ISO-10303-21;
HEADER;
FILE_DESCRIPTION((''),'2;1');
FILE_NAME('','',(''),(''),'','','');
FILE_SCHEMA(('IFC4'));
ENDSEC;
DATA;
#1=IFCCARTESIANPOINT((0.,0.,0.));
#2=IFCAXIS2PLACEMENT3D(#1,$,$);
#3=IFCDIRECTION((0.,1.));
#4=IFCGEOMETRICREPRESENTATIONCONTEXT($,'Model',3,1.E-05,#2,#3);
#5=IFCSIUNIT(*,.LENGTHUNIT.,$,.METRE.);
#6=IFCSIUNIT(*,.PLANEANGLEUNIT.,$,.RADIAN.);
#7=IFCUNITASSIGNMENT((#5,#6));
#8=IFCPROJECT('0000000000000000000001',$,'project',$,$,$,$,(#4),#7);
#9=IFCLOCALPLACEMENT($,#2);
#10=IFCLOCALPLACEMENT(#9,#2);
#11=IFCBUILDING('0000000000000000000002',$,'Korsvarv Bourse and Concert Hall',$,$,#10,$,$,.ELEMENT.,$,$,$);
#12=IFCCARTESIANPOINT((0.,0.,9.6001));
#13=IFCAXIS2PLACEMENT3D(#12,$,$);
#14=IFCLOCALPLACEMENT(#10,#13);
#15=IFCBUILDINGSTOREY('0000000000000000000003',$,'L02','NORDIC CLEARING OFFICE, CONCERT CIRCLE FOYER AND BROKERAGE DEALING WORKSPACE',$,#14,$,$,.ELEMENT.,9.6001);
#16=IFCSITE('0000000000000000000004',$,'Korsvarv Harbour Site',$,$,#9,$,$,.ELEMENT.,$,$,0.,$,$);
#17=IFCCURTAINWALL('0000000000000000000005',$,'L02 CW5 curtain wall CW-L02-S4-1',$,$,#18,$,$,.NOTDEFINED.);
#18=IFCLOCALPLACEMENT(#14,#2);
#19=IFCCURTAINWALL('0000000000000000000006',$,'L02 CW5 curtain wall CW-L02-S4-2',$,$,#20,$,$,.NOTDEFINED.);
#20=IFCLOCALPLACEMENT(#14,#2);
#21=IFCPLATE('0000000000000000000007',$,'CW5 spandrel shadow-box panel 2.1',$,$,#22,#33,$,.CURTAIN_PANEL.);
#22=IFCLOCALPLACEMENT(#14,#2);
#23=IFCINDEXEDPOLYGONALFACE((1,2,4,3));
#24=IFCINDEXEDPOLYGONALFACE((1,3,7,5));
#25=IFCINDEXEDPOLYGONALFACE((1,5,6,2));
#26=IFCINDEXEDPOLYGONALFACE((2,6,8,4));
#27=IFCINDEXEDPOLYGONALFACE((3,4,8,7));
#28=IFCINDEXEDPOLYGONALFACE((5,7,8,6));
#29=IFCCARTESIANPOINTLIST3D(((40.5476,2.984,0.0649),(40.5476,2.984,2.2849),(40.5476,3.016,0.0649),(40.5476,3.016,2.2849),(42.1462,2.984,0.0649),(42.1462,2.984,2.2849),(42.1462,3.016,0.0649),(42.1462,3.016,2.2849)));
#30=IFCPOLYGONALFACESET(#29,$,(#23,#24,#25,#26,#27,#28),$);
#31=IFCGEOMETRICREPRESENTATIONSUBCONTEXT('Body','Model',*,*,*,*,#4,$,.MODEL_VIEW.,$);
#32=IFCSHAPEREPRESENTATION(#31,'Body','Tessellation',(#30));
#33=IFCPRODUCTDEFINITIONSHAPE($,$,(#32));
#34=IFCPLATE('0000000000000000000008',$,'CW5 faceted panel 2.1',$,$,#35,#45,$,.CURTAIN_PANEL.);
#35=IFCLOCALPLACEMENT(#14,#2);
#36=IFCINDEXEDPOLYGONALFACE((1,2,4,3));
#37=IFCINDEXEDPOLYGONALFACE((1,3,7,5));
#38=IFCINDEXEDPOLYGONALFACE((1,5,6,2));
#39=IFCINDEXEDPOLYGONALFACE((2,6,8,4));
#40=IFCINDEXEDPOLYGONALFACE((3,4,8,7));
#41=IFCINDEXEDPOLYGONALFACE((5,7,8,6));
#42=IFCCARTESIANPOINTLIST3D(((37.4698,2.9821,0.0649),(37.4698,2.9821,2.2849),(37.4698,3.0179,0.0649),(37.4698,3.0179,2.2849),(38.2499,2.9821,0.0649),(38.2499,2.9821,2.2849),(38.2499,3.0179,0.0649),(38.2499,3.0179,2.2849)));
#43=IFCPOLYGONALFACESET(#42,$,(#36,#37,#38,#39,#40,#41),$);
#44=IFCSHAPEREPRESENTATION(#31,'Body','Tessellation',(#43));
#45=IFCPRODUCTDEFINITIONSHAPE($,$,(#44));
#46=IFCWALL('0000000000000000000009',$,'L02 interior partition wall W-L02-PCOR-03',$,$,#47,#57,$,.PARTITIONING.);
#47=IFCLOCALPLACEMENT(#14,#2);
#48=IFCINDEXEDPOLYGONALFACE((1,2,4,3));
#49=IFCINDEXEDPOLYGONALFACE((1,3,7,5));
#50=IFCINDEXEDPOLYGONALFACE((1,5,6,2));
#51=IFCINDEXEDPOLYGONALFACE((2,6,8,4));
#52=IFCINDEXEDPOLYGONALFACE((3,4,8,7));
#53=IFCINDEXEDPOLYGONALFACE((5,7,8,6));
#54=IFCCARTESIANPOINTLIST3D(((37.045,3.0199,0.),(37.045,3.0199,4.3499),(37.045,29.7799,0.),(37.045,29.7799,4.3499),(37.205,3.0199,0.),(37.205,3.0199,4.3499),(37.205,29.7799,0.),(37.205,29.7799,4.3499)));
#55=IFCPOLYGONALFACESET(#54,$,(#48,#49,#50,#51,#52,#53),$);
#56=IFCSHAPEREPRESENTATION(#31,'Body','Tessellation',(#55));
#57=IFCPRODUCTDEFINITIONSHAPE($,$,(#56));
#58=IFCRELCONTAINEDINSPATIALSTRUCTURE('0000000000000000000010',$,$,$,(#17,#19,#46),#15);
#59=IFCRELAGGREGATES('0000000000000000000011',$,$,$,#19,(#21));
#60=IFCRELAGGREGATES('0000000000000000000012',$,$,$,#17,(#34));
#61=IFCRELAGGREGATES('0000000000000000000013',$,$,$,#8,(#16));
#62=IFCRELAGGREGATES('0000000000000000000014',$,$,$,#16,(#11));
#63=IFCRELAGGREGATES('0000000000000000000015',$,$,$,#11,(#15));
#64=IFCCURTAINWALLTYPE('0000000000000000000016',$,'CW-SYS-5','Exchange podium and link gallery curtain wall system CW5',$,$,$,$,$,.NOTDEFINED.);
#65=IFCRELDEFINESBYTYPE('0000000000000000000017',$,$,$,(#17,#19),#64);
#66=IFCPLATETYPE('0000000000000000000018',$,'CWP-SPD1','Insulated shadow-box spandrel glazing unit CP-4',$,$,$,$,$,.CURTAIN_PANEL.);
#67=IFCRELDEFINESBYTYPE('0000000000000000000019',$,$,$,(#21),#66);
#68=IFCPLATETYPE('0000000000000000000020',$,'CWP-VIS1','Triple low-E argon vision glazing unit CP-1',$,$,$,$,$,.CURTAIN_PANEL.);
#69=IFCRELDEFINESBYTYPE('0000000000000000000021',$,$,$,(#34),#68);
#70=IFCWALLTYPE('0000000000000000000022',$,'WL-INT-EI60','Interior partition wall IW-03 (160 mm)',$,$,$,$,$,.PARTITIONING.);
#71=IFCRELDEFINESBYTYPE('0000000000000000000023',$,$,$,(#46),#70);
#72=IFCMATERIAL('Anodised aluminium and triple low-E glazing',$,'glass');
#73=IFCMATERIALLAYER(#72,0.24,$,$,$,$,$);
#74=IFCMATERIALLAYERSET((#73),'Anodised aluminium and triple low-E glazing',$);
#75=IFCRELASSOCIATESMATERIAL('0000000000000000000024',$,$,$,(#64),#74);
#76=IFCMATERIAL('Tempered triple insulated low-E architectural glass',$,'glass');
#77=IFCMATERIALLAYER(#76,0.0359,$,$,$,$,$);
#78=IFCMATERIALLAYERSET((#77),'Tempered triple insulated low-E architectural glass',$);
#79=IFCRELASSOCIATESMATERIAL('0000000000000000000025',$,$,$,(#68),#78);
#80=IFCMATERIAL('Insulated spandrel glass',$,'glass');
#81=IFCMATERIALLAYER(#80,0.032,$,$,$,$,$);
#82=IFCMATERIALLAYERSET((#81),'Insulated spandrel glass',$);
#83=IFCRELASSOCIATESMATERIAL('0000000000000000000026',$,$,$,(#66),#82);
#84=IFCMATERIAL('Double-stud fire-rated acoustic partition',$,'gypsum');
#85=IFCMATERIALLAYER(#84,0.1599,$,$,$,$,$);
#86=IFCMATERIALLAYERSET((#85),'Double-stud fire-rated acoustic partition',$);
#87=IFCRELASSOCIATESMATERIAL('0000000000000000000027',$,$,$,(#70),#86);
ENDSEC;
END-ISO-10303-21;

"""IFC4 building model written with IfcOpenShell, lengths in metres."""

from ifc_helpers import new_model, si_unit, direction, frame, frame_2d, origin, origin_2d, place, context, subcontext, project, spatial, rectangle, extrude, source, transform, mapped, material, layer, layer_set, type_object, element, aggregate, save


model = new_model("IFC4")

# Units and contexts
model_context = context("Model", 3, precision=1e-05, world=origin(), true_north=direction((0.0, 1.0)))
body_context = subcontext(model_context, "Body", "Model", "MODEL_VIEW")
ifc_project = project(units=[si_unit("LENGTHUNIT", "METRE"), si_unit("PLANEANGLEUNIT", "RADIAN")], contexts=[model_context])

# Site, building, storey
site_placement = place(None, origin())
site = spatial("IfcSite", under=ifc_project, at=site_placement, Name="Korsvarv Harbour Site", CompositionType="ELEMENT", RefElevation=0.0)
building_placement = place(site_placement, origin())
building = spatial("IfcBuilding", under=site, at=building_placement, Name="Korsvarv Bourse and Concert Hall", CompositionType="ELEMENT")
storey_placement = place(building_placement, frame((0.0, 0.0, 9.6001)))
storey = spatial("IfcBuildingStorey", under=building, at=storey_placement, Name="L02", Description="NORDIC CLEARING OFFICE, CONCERT CIRCLE FOYER AND BROKERAGE DEALING WORKSPACE", CompositionType="ELEMENT", Elevation=9.6001)

# Curtain walls
ifc_material_1 = material(Name="Anodised aluminium and triple low-E glazing", Category="glass")
ifc_layer_1 = layer(ifc_material_1, 0.24)
ifc_layer_set_1 = layer_set([ifc_layer_1], Name="Anodised aluminium and triple low-E glazing")
curtain_wall_type = type_object("IfcCurtainWallType", Name="CW-SYS-5", Description="Exchange podium and link gallery curtain wall system CW5", PredefinedType="NOTDEFINED", material=ifc_layer_set_1)
curtain_wall_1_placement = place(storey_placement, origin())
curtain_wall_1 = element("IfcCurtainWall", 1, at=curtain_wall_1_placement, inside=storey, type_object=curtain_wall_type, Name="L02 CW5 curtain wall CW-L02-S4-1", PredefinedType="NOTDEFINED")
curtain_wall_2_placement = place(storey_placement, origin())
curtain_wall_2 = element("IfcCurtainWall", 2, at=curtain_wall_2_placement, inside=storey, type_object=curtain_wall_type, Name="L02 CW5 curtain wall CW-L02-S4-2", PredefinedType="NOTDEFINED")

# Plates
ifc_material_2 = material(Name="Tempered triple insulated low-E architectural glass", Category="glass")
ifc_layer_2 = layer(ifc_material_2, 0.0359)
ifc_layer_set_2 = layer_set([ifc_layer_2], Name="Tempered triple insulated low-E architectural glass")
plate_type_1 = type_object("IfcPlateType", Name="CWP-VIS1", Description="Triple low-E argon vision glazing unit CP-1", PredefinedType="CURTAIN_PANEL", material=ifc_layer_set_2)
ifc_material_3 = material(Name="Insulated spandrel glass", Category="glass")
ifc_layer_3 = layer(ifc_material_3, 0.032)
ifc_layer_set_3 = layer_set([ifc_layer_3], Name="Insulated spandrel glass")
plate_type_2 = type_object("IfcPlateType", Name="CWP-SPD1", Description="Insulated shadow-box spandrel glazing unit CP-4", PredefinedType="CURTAIN_PANEL", material=ifc_layer_set_3)
shared_shape_1 = source(origin(), body_context, "Body", "SweptSolid", [
    extrude(rectangle(XDim=1.5986, YDim=0.032, at=origin_2d()), origin(), (0.0, 0.0, 1.0), 2.22),
])
plate_1_placement = place(storey_placement, frame((41.3469, 3.0, 0.0649), z_axis=(0.0, 0.0, 1.0), x_axis=(1.0, 0.0, 0.0)))
plate_1 = element("IfcPlate", 3, at=plate_1_placement, type_object=plate_type_2, Name="CW5 spandrel shadow-box panel 2.1", PredefinedType="CURTAIN_PANEL", context=body_context, shape_type="MappedRepresentation", body=[
    mapped(shared_shape_1, transform((0.0, 0.0, 0.0), scale=1.0)),
])
aggregate(curtain_wall_2, [plate_1])
shared_shape_2 = source(origin(), body_context, "Body", "SweptSolid", [
    extrude(rectangle(XDim=0.78, YDim=0.0359, at=origin_2d()), origin(), (0.0, 0.0, 1.0), 2.22),
])
plate_2_placement = place(storey_placement, frame((37.8599, 3.0, 0.0649), z_axis=(0.0, 0.0, 1.0), x_axis=(1.0, 0.0, 0.0)))
plate_2 = element("IfcPlate", 4, at=plate_2_placement, type_object=plate_type_1, Name="CW5 faceted panel 2.1", PredefinedType="CURTAIN_PANEL", context=body_context, shape_type="MappedRepresentation", body=[
    mapped(shared_shape_2, transform((0.0, 0.0, 0.0), scale=1.0)),
])
aggregate(curtain_wall_1, [plate_2])

# Wall
ifc_material_4 = material(Name="Double-stud fire-rated acoustic partition", Category="gypsum")
ifc_layer_4 = layer(ifc_material_4, 0.1599)
ifc_layer_set_4 = layer_set([ifc_layer_4], Name="Double-stud fire-rated acoustic partition")
wall_type = type_object("IfcWallType", Name="WL-INT-EI60", Description="Interior partition wall IW-03 (160 mm)", PredefinedType="PARTITIONING", material=ifc_layer_set_4)
wall_placement = place(storey_placement, frame((37.125, 3.02, 0.0), z_axis=(0.0, 0.0, 1.0), x_axis=(0.0, 1.0, 0.0)))
element("IfcWall", 5, at=wall_placement, inside=storey, type_object=wall_type, Name="L02 interior partition wall W-L02-PCOR-03", PredefinedType="PARTITIONING", context=body_context, shape_type="SweptSolid", body=[
    extrude(rectangle(XDim=26.76, YDim=0.1599, at=frame_2d((13.3799, 0.0))), origin(), (0.0, 0.0, 1.0), 4.3499),
])

save(model, "model.ifc")
